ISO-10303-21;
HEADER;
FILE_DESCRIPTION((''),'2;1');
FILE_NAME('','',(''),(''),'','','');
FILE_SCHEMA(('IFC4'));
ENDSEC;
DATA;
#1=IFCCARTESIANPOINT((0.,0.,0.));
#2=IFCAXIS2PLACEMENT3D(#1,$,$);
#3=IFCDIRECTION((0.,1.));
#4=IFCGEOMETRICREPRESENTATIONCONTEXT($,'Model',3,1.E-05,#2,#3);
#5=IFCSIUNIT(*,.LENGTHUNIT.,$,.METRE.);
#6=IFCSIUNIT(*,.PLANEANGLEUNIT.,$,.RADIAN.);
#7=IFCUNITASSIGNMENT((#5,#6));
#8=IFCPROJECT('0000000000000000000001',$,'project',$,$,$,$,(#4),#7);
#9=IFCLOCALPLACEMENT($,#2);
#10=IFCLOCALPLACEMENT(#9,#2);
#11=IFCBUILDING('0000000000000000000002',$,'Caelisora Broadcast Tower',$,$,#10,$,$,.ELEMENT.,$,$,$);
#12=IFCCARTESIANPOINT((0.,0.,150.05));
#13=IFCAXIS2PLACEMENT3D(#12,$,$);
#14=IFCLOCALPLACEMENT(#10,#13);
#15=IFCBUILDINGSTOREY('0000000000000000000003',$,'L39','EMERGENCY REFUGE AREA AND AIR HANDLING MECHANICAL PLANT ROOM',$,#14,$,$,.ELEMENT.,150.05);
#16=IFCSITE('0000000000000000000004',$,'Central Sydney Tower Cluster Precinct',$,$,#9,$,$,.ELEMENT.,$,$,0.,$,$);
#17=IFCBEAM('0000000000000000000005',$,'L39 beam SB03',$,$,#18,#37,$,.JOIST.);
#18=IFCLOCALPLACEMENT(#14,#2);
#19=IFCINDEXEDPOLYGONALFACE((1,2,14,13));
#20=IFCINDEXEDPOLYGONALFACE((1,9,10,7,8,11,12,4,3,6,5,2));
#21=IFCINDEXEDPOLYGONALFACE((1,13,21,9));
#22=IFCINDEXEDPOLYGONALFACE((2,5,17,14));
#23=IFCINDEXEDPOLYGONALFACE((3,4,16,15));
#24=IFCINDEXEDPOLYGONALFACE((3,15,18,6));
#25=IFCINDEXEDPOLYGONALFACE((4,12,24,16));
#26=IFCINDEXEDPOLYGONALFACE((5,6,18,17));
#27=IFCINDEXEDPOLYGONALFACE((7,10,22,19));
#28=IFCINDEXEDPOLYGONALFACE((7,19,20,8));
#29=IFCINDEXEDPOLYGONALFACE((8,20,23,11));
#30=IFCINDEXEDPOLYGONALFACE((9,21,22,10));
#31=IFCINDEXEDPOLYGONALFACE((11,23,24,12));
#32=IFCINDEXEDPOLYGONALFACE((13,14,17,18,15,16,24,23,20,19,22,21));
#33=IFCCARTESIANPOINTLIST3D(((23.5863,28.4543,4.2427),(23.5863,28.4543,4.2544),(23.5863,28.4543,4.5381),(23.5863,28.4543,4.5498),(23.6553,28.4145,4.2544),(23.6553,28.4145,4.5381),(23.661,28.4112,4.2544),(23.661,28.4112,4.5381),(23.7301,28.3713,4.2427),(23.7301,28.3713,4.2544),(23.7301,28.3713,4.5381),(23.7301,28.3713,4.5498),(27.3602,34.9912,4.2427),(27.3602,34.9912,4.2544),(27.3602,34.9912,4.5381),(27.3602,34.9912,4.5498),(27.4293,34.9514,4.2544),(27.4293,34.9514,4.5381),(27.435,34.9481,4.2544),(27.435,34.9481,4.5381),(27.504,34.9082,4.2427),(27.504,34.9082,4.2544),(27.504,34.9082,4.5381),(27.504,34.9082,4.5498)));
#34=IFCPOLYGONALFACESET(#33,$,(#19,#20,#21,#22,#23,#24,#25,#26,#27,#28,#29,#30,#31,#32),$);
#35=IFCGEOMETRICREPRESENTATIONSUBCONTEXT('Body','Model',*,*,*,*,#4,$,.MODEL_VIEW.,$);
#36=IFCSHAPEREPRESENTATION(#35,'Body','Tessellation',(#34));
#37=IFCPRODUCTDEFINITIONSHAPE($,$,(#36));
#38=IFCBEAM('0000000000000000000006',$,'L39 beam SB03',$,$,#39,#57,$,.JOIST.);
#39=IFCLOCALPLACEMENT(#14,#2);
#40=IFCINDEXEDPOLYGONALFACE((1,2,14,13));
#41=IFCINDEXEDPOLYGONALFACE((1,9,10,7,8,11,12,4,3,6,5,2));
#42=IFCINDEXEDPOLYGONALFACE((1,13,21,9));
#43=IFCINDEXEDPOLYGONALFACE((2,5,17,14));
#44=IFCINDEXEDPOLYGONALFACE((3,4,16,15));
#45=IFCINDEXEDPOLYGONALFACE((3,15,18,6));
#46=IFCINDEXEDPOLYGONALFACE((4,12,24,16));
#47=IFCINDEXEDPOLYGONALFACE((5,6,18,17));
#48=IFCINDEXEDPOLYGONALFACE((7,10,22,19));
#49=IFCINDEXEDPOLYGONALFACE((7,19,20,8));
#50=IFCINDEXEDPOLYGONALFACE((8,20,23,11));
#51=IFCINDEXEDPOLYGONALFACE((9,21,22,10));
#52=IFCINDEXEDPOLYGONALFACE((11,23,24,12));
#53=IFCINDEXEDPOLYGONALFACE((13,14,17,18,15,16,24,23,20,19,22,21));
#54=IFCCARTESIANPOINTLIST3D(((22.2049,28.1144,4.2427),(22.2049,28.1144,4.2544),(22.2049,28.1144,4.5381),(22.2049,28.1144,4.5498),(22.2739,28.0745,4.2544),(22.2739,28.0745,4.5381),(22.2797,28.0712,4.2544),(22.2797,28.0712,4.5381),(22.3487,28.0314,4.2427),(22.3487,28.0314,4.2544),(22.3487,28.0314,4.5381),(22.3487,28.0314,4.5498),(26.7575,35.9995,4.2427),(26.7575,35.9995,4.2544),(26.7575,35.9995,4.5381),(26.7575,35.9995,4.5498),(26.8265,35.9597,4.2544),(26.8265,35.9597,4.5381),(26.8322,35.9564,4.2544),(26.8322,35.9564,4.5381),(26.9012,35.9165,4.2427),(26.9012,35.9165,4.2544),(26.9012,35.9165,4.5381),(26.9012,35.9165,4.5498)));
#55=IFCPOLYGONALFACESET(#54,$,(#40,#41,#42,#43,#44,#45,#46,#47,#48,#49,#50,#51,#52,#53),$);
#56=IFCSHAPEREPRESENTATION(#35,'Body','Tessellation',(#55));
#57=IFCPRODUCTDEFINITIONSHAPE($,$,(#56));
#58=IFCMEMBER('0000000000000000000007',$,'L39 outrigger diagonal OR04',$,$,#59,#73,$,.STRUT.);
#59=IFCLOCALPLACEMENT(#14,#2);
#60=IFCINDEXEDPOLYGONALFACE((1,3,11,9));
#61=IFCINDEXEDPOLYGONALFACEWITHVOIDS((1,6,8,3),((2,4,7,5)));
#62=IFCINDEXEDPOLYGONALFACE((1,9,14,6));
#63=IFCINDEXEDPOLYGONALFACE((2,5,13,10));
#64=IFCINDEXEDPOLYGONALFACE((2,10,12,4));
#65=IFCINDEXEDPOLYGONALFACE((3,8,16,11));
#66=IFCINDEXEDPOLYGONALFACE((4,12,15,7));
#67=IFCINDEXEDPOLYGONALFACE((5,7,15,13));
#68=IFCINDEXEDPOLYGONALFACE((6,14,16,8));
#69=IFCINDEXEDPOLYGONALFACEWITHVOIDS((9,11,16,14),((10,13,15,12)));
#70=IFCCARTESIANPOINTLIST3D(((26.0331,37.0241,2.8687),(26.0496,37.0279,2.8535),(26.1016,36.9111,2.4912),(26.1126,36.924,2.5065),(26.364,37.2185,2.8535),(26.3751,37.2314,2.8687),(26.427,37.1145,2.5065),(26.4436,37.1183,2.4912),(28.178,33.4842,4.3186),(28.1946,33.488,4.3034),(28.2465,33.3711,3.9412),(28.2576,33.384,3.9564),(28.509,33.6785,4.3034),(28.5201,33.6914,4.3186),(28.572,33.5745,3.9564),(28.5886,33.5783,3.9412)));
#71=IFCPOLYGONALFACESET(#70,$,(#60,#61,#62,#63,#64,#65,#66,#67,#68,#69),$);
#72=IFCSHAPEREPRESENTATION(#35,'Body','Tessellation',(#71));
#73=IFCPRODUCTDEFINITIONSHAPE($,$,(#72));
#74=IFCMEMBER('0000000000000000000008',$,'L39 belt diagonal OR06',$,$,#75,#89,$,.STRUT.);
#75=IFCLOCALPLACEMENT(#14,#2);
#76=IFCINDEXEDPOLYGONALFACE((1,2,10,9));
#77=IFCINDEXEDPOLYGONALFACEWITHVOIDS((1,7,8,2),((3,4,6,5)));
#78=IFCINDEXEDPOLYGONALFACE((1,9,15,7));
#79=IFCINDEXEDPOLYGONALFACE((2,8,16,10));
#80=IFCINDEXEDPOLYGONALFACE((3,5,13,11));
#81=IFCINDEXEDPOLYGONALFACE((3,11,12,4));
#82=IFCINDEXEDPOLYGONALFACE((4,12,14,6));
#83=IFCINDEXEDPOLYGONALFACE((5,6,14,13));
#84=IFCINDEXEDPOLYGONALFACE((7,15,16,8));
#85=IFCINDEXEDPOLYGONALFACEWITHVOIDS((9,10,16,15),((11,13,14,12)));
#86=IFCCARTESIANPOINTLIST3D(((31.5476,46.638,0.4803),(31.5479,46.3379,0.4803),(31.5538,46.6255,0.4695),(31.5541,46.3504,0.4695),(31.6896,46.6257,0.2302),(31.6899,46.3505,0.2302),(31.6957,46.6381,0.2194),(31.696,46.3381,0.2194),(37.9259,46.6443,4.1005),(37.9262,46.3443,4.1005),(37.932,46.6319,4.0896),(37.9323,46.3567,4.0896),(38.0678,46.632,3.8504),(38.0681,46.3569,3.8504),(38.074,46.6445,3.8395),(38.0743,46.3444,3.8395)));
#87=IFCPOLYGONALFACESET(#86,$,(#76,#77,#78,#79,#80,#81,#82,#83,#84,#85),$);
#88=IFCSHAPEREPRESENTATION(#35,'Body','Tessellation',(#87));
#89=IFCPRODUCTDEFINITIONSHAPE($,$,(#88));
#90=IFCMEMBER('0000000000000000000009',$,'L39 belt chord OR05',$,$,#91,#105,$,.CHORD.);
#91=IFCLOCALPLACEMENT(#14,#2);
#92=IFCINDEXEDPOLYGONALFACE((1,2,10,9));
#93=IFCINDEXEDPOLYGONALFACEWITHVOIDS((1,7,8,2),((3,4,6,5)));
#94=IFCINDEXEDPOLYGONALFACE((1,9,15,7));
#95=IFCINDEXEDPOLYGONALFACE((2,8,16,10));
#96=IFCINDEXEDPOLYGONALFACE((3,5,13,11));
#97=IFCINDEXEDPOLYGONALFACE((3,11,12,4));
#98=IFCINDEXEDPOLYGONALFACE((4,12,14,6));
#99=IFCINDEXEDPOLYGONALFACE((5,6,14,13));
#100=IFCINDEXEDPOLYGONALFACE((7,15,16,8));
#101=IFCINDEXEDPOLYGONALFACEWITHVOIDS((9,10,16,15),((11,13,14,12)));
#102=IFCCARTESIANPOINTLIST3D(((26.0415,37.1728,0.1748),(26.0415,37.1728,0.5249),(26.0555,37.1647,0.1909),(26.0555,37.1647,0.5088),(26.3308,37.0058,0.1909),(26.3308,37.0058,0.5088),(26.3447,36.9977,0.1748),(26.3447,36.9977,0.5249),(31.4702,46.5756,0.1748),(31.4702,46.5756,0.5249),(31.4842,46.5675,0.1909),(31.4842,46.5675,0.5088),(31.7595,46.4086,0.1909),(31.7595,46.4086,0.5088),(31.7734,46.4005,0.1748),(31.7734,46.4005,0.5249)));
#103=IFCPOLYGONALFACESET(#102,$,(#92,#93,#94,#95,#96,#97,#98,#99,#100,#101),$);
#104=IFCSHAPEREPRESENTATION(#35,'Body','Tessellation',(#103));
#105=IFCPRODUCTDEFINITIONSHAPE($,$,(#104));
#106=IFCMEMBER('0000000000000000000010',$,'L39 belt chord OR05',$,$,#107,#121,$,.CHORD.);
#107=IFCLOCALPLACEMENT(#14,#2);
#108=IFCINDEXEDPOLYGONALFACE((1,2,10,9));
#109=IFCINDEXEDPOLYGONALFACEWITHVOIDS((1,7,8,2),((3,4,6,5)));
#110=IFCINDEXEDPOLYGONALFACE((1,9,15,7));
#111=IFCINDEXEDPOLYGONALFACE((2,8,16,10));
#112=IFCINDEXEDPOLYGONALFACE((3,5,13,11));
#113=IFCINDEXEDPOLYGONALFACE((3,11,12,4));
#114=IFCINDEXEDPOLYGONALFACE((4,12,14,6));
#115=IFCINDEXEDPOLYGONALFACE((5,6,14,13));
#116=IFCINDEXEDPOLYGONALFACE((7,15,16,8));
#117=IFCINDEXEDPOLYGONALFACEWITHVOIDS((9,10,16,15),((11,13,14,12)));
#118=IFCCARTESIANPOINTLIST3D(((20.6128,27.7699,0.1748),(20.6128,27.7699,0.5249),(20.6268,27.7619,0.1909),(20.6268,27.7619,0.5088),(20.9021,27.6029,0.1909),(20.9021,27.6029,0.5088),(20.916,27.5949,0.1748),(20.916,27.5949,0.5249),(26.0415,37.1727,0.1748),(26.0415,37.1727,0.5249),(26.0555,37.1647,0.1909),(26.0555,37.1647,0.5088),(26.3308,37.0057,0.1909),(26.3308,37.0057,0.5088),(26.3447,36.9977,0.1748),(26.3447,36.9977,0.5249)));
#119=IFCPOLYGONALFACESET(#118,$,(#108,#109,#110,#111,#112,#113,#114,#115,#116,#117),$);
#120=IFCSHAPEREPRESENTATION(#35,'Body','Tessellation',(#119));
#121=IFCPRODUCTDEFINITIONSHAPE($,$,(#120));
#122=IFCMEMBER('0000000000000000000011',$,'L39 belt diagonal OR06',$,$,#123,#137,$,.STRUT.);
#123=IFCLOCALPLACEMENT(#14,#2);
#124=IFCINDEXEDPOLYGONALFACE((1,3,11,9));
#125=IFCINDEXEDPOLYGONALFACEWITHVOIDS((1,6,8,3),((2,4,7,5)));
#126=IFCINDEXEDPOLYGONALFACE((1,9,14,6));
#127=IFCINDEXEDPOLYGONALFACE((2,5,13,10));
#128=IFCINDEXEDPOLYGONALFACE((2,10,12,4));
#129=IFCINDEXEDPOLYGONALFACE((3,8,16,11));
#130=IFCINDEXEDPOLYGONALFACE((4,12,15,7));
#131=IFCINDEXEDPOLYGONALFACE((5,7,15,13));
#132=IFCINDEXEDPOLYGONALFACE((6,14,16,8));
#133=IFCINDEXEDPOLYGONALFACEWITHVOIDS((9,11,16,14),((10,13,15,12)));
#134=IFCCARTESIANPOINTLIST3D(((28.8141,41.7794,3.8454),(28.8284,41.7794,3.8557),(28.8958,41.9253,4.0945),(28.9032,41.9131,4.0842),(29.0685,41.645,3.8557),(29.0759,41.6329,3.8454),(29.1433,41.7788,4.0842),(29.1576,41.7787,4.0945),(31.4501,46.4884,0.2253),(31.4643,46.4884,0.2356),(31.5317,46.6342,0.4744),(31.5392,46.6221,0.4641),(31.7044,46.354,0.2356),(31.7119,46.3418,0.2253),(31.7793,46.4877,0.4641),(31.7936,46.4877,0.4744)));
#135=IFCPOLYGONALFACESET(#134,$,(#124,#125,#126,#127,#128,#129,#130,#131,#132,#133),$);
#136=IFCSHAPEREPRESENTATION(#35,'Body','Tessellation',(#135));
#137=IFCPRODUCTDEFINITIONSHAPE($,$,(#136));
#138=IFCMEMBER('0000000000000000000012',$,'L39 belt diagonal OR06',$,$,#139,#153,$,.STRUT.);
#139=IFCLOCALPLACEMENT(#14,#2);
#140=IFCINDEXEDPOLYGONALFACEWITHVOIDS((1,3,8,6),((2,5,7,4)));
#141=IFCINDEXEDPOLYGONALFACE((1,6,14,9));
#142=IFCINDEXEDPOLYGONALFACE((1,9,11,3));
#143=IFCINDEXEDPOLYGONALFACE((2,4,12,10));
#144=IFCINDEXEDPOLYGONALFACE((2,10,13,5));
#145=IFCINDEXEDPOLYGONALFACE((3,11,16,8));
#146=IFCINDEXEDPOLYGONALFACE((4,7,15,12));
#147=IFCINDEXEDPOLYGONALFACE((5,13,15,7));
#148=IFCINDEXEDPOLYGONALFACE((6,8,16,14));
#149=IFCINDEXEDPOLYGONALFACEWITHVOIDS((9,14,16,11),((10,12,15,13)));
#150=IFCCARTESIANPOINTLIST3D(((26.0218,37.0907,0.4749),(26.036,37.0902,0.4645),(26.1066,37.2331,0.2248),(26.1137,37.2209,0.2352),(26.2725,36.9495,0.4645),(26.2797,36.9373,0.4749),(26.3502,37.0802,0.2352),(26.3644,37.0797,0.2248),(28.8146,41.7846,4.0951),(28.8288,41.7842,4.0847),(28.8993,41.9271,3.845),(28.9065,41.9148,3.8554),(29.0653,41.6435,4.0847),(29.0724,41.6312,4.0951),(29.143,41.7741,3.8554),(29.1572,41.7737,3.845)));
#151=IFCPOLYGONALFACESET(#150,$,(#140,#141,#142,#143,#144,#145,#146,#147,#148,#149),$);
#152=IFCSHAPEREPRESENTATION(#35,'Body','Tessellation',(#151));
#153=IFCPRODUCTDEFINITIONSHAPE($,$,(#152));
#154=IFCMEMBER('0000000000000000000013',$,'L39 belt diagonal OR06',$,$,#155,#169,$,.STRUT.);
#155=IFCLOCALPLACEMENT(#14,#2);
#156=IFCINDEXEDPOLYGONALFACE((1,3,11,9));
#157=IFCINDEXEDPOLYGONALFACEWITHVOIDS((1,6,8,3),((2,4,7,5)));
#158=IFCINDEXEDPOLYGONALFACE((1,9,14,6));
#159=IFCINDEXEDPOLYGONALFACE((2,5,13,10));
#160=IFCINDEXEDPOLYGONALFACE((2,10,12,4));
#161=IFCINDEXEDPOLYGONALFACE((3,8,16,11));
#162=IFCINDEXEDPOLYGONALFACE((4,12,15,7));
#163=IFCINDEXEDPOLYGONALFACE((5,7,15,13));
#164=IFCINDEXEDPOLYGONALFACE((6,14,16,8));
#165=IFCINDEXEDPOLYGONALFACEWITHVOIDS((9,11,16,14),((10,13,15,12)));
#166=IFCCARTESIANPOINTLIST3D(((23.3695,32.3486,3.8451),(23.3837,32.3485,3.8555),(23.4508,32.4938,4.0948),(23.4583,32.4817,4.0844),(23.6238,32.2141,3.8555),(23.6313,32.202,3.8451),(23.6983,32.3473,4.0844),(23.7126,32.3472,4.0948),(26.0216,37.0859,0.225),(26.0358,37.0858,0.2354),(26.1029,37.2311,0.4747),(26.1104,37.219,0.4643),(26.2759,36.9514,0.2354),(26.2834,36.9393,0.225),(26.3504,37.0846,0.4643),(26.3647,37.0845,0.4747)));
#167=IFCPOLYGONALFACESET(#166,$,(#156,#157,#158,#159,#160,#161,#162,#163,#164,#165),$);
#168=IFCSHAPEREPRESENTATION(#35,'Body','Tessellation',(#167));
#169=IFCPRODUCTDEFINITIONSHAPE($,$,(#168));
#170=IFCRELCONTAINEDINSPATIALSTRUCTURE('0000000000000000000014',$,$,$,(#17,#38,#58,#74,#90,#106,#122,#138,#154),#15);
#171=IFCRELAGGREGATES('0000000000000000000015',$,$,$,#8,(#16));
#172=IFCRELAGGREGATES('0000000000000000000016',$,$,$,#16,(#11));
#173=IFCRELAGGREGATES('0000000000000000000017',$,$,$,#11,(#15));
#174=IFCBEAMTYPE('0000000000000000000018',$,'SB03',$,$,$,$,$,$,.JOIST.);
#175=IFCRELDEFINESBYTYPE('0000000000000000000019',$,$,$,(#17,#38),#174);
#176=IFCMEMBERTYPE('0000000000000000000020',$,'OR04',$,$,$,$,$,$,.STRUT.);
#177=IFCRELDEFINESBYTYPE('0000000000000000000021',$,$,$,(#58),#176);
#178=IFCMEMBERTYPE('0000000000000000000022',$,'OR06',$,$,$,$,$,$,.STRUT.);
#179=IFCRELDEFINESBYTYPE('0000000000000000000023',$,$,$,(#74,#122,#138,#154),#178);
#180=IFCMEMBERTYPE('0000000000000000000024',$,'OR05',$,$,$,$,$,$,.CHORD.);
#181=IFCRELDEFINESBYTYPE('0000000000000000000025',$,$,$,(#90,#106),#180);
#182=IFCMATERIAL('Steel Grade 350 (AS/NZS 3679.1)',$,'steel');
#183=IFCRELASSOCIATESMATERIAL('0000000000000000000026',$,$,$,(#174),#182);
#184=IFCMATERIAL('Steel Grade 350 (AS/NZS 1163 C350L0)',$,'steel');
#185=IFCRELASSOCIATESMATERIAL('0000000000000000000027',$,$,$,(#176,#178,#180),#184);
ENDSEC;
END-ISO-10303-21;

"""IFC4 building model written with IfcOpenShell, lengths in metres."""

from ifc_helpers import new_model, si_unit, direction, frame, origin, origin_2d, place, context, subcontext, project, spatial, hollow_rectangle, i_section, extrude, source, transform, mapped, material, material_profile, profile_set, type_object, type_shapes, element, save


model = new_model("IFC4")

# Units and contexts
model_context = context("Model", 3, precision=1e-05, world=origin(), true_north=direction((0.0, 1.0)))
body_context = subcontext(model_context, "Body", "Model", "MODEL_VIEW")
ifc_project = project(units=[si_unit("LENGTHUNIT", "METRE"), si_unit("PLANEANGLEUNIT", "RADIAN")], contexts=[model_context])

# Site, building, storey
site_placement = place(None, origin())
site = spatial("IfcSite", under=ifc_project, at=site_placement, Name="Central Sydney Tower Cluster Precinct", CompositionType="ELEMENT", RefElevation=0.0)
building_placement = place(site_placement, origin())
building = spatial("IfcBuilding", under=site, at=building_placement, Name="Caelisora Broadcast Tower", CompositionType="ELEMENT")
storey_placement = place(building_placement, frame((0.0, 0.0, 150.05)))
storey = spatial("IfcBuildingStorey", under=building, at=storey_placement, Name="L39", Description="EMERGENCY REFUGE AREA AND AIR HANDLING MECHANICAL PLANT ROOM", CompositionType="ELEMENT", Elevation=150.05)

# Shared definitions
ifc_material_1 = material(Name="Steel Grade 350 (AS/NZS 1163 C350L0)", Category="steel")

# Beams
ifc_material_2 = material(Name="Steel Grade 350 (AS/NZS 3679.1)", Category="steel")
ifc_material_profile_1 = material_profile(ifc_material_2, i_section(OverallWidth=0.166, OverallDepth=0.3071, WebThickness=0.0066, FlangeThickness=0.0117, at=origin_2d()), Name="Steel Grade 350 (AS/NZS 3679.1)")
ifc_profile_set_1 = profile_set([ifc_material_profile_1], Name="Steel Grade 350 (AS/NZS 3679.1)")
beam_type_1 = type_object("IfcBeamType", Name="SB03", PredefinedType="JOIST", material=ifc_profile_set_1)
shared_shape_1 = source(origin(), body_context, "Body", "SweptSolid", [
    extrude(i_section(OverallWidth=0.166, OverallDepth=0.3071, WebThickness=0.0066, FlangeThickness=0.0117, at=origin_2d()), origin(), (0.0, 0.0, 1.0), 7.5481),
])
beam_1_placement = place(storey_placement, frame((27.4321, 34.9497, 4.3962), z_axis=(-0.499987, -0.866033, 0.0), x_axis=(0.866033, -0.499987, 0.0)))
element("IfcBeam", 1, at=beam_1_placement, inside=storey, type_object=beam_type_1, Name="L39 beam SB03", PredefinedType="JOIST", context=body_context, shape_type="MappedRepresentation", body=[
    mapped(shared_shape_1, transform((0.0, 0.0, 0.0), scale=1.0)),
])
shared_shape_2 = source(origin(), body_context, "Body", "SweptSolid", [
    extrude(i_section(OverallWidth=0.166, OverallDepth=0.3071, WebThickness=0.0066, FlangeThickness=0.0117, at=origin_2d()), origin(), (0.0, 0.0, 1.0), 9.105),
])
beam_2_placement = place(storey_placement, frame((26.8293, 35.958, 4.3962), z_axis=(-0.500006, -0.866022, 0.0), x_axis=(0.866022, -0.500006, 0.0)))
element("IfcBeam", 2, at=beam_2_placement, inside=storey, type_object=beam_type_1, Name="L39 beam SB03", PredefinedType="JOIST", context=body_context, shape_type="MappedRepresentation", body=[
    mapped(shared_shape_2, transform((0.0, 0.0, 0.0), scale=1.0)),
])

# Members
ifc_material_profile_2 = material_profile(ifc_material_1, hollow_rectangle(XDim=0.3999, YDim=0.3999, WallThickness=0.0161, at=origin_2d()), Name="Steel Grade 350 (AS/NZS 1163 C350L0)")
ifc_profile_set_2 = profile_set([ifc_material_profile_2], Name="Steel Grade 350 (AS/NZS 1163 C350L0)")
member_type_1 = type_object("IfcMemberType", Name="OR04", PredefinedType="STRUT", material=ifc_profile_set_2)
shared_shape_3 = source(origin(), body_context, "Body", "SweptSolid", [
    extrude(hollow_rectangle(XDim=0.3999, YDim=0.3999, WallThickness=0.0161, at=origin_2d()), origin(), (0.0, 0.0, 1.0), 4.3857),
])
type_shapes(member_type_1, [shared_shape_3])
member_1_placement = place(storey_placement, frame((28.3833, 33.5312, 4.1299), z_axis=(-0.489082, 0.807157, -0.3306), x_axis=(-0.855247, -0.518221, 0.0)))
element("IfcMember", 3, at=member_1_placement, inside=storey, type_object=member_type_1, Name="L39 outrigger diagonal OR04", PredefinedType="STRUT", context=body_context, shape_type="MappedRepresentation", body=[
    mapped(shared_shape_3, transform((0.0, 0.0, 0.0), scale=1.0)),
])
ifc_material_profile_3 = material_profile(ifc_material_1, hollow_rectangle(XDim=0.3, YDim=0.3, WallThickness=0.0125, at=origin_2d()), Name="Steel Grade 350 (AS/NZS 1163 C350L0)")
ifc_profile_set_3 = profile_set([ifc_material_profile_3], Name="Steel Grade 350 (AS/NZS 1163 C350L0)")
member_type_2 = type_object("IfcMemberType", Name="OR06", PredefinedType="STRUT", material=ifc_profile_set_3)
shared_shape_4 = source(origin(), body_context, "Body", "SweptSolid", [
    extrude(hollow_rectangle(XDim=0.3, YDim=0.3, WallThickness=0.0125, at=origin_2d()), origin(), (0.0, 0.0, 1.0), 7.334),
])
member_2_placement = place(storey_placement, frame((31.6218, 46.488, 0.3499), z_axis=(0.869681, 0.000866, 0.493613), x_axis=(-0.000995, 1.0, 0.0)))
element("IfcMember", 4, at=member_2_placement, inside=storey, type_object=member_type_2, Name="L39 belt diagonal OR06", PredefinedType="STRUT", context=body_context, shape_type="MappedRepresentation", body=[
    mapped(shared_shape_4, transform((0.0, 0.0, 0.0), scale=1.0)),
])
ifc_material_profile_4 = material_profile(ifc_material_1, hollow_rectangle(XDim=0.3501, YDim=0.3501, WallThickness=0.0161, at=origin_2d()), Name="Steel Grade 350 (AS/NZS 1163 C350L0)")
ifc_profile_set_4 = profile_set([ifc_material_profile_4], Name="Steel Grade 350 (AS/NZS 1163 C350L0)")
member_type_3 = type_object("IfcMemberType", Name="OR05", PredefinedType="CHORD", material=ifc_profile_set_4)
shared_shape_5 = source(origin(), body_context, "Body", "SweptSolid", [
    extrude(hollow_rectangle(XDim=0.3501, YDim=0.3501, WallThickness=0.0161, at=origin_2d()), origin(), (0.0, 0.0, 1.0), 10.8574),
])
type_shapes(member_type_3, [shared_shape_5])
for number, where, z_axis, x_axis, name in (
    (5, (31.6218, 46.488, 0.3499), (-0.499999, -0.866026, 0.0), (0.866026, -0.499999, 0.0), "L39 belt chord OR05"),
    (6, (26.1931, 37.0852, 0.3499), (-0.499999, -0.866026, 0.0), (0.866026, -0.499999, 0.0), "L39 belt chord OR05"),
):
    element("IfcMember", number, at=place(storey_placement, frame(where, z_axis=z_axis, x_axis=x_axis)), inside=storey, type_object=member_type_3, Name=name, PredefinedType="CHORD", context=body_context, shape_type="MappedRepresentation", body=[
        mapped(shared_shape_5, transform((0.0, 0.0, 0.0), scale=1.0)),
    ])
shared_shape_6 = source(origin(), body_context, "Body", "SweptSolid", [
    extrude(hollow_rectangle(XDim=0.3, YDim=0.3, WallThickness=0.0125, at=origin_2d()), origin(), (0.0, 0.0, 1.0), 6.4983),
])
member_3_placement = place(storey_placement, frame((31.6218, 46.488, 0.3499), z_axis=(-0.405641, -0.724646, 0.557085), x_axis=(0.872589, -0.488456, 0.0)))
element("IfcMember", 7, at=member_3_placement, inside=storey, type_object=member_type_2, Name="L39 belt diagonal OR06", PredefinedType="STRUT", context=body_context, shape_type="MappedRepresentation", body=[
    mapped(shared_shape_6, transform((0.0, 0.0, 0.0), scale=1.0)),
])
shared_shape_7 = source(origin(), body_context, "Body", "SweptSolid", [
    extrude(hollow_rectangle(XDim=0.3, YDim=0.3, WallThickness=0.0125, at=origin_2d()), origin(), (0.0, 0.0, 1.0), 6.5527),
])
member_4_placement = place(storey_placement, frame((26.1931, 37.0852, 0.3499), z_axis=(0.4262, 0.716332, 0.552469), x_axis=(-0.859392, 0.511317, 0.0)))
element("IfcMember", 8, at=member_4_placement, inside=storey, type_object=member_type_2, Name="L39 belt diagonal OR06", PredefinedType="STRUT", context=body_context, shape_type="MappedRepresentation", body=[
    mapped(shared_shape_7, transform((0.0, 0.0, 0.0), scale=1.0)),
])
shared_shape_8 = source(origin(), body_context, "Body", "SweptSolid", [
    extrude(hollow_rectangle(XDim=0.3, YDim=0.3, WallThickness=0.0125, at=origin_2d()), origin(), (0.0, 0.0, 1.0), 6.5254),
])
type_shapes(member_type_2, [shared_shape_4, shared_shape_6, shared_shape_7, shared_shape_8])
member_5_placement = place(storey_placement, frame((26.1931, 37.0852, 0.3499), z_axis=(-0.406427, -0.725978, 0.554773), x_axis=(0.872568, -0.488492, 0.0)))
element("IfcMember", 9, at=member_5_placement, inside=storey, type_object=member_type_2, Name="L39 belt diagonal OR06", PredefinedType="STRUT", context=body_context, shape_type="MappedRepresentation", body=[
    mapped(shared_shape_8, transform((0.0, 0.0, 0.0), scale=1.0)),
])

save(model, "model.ifc")
